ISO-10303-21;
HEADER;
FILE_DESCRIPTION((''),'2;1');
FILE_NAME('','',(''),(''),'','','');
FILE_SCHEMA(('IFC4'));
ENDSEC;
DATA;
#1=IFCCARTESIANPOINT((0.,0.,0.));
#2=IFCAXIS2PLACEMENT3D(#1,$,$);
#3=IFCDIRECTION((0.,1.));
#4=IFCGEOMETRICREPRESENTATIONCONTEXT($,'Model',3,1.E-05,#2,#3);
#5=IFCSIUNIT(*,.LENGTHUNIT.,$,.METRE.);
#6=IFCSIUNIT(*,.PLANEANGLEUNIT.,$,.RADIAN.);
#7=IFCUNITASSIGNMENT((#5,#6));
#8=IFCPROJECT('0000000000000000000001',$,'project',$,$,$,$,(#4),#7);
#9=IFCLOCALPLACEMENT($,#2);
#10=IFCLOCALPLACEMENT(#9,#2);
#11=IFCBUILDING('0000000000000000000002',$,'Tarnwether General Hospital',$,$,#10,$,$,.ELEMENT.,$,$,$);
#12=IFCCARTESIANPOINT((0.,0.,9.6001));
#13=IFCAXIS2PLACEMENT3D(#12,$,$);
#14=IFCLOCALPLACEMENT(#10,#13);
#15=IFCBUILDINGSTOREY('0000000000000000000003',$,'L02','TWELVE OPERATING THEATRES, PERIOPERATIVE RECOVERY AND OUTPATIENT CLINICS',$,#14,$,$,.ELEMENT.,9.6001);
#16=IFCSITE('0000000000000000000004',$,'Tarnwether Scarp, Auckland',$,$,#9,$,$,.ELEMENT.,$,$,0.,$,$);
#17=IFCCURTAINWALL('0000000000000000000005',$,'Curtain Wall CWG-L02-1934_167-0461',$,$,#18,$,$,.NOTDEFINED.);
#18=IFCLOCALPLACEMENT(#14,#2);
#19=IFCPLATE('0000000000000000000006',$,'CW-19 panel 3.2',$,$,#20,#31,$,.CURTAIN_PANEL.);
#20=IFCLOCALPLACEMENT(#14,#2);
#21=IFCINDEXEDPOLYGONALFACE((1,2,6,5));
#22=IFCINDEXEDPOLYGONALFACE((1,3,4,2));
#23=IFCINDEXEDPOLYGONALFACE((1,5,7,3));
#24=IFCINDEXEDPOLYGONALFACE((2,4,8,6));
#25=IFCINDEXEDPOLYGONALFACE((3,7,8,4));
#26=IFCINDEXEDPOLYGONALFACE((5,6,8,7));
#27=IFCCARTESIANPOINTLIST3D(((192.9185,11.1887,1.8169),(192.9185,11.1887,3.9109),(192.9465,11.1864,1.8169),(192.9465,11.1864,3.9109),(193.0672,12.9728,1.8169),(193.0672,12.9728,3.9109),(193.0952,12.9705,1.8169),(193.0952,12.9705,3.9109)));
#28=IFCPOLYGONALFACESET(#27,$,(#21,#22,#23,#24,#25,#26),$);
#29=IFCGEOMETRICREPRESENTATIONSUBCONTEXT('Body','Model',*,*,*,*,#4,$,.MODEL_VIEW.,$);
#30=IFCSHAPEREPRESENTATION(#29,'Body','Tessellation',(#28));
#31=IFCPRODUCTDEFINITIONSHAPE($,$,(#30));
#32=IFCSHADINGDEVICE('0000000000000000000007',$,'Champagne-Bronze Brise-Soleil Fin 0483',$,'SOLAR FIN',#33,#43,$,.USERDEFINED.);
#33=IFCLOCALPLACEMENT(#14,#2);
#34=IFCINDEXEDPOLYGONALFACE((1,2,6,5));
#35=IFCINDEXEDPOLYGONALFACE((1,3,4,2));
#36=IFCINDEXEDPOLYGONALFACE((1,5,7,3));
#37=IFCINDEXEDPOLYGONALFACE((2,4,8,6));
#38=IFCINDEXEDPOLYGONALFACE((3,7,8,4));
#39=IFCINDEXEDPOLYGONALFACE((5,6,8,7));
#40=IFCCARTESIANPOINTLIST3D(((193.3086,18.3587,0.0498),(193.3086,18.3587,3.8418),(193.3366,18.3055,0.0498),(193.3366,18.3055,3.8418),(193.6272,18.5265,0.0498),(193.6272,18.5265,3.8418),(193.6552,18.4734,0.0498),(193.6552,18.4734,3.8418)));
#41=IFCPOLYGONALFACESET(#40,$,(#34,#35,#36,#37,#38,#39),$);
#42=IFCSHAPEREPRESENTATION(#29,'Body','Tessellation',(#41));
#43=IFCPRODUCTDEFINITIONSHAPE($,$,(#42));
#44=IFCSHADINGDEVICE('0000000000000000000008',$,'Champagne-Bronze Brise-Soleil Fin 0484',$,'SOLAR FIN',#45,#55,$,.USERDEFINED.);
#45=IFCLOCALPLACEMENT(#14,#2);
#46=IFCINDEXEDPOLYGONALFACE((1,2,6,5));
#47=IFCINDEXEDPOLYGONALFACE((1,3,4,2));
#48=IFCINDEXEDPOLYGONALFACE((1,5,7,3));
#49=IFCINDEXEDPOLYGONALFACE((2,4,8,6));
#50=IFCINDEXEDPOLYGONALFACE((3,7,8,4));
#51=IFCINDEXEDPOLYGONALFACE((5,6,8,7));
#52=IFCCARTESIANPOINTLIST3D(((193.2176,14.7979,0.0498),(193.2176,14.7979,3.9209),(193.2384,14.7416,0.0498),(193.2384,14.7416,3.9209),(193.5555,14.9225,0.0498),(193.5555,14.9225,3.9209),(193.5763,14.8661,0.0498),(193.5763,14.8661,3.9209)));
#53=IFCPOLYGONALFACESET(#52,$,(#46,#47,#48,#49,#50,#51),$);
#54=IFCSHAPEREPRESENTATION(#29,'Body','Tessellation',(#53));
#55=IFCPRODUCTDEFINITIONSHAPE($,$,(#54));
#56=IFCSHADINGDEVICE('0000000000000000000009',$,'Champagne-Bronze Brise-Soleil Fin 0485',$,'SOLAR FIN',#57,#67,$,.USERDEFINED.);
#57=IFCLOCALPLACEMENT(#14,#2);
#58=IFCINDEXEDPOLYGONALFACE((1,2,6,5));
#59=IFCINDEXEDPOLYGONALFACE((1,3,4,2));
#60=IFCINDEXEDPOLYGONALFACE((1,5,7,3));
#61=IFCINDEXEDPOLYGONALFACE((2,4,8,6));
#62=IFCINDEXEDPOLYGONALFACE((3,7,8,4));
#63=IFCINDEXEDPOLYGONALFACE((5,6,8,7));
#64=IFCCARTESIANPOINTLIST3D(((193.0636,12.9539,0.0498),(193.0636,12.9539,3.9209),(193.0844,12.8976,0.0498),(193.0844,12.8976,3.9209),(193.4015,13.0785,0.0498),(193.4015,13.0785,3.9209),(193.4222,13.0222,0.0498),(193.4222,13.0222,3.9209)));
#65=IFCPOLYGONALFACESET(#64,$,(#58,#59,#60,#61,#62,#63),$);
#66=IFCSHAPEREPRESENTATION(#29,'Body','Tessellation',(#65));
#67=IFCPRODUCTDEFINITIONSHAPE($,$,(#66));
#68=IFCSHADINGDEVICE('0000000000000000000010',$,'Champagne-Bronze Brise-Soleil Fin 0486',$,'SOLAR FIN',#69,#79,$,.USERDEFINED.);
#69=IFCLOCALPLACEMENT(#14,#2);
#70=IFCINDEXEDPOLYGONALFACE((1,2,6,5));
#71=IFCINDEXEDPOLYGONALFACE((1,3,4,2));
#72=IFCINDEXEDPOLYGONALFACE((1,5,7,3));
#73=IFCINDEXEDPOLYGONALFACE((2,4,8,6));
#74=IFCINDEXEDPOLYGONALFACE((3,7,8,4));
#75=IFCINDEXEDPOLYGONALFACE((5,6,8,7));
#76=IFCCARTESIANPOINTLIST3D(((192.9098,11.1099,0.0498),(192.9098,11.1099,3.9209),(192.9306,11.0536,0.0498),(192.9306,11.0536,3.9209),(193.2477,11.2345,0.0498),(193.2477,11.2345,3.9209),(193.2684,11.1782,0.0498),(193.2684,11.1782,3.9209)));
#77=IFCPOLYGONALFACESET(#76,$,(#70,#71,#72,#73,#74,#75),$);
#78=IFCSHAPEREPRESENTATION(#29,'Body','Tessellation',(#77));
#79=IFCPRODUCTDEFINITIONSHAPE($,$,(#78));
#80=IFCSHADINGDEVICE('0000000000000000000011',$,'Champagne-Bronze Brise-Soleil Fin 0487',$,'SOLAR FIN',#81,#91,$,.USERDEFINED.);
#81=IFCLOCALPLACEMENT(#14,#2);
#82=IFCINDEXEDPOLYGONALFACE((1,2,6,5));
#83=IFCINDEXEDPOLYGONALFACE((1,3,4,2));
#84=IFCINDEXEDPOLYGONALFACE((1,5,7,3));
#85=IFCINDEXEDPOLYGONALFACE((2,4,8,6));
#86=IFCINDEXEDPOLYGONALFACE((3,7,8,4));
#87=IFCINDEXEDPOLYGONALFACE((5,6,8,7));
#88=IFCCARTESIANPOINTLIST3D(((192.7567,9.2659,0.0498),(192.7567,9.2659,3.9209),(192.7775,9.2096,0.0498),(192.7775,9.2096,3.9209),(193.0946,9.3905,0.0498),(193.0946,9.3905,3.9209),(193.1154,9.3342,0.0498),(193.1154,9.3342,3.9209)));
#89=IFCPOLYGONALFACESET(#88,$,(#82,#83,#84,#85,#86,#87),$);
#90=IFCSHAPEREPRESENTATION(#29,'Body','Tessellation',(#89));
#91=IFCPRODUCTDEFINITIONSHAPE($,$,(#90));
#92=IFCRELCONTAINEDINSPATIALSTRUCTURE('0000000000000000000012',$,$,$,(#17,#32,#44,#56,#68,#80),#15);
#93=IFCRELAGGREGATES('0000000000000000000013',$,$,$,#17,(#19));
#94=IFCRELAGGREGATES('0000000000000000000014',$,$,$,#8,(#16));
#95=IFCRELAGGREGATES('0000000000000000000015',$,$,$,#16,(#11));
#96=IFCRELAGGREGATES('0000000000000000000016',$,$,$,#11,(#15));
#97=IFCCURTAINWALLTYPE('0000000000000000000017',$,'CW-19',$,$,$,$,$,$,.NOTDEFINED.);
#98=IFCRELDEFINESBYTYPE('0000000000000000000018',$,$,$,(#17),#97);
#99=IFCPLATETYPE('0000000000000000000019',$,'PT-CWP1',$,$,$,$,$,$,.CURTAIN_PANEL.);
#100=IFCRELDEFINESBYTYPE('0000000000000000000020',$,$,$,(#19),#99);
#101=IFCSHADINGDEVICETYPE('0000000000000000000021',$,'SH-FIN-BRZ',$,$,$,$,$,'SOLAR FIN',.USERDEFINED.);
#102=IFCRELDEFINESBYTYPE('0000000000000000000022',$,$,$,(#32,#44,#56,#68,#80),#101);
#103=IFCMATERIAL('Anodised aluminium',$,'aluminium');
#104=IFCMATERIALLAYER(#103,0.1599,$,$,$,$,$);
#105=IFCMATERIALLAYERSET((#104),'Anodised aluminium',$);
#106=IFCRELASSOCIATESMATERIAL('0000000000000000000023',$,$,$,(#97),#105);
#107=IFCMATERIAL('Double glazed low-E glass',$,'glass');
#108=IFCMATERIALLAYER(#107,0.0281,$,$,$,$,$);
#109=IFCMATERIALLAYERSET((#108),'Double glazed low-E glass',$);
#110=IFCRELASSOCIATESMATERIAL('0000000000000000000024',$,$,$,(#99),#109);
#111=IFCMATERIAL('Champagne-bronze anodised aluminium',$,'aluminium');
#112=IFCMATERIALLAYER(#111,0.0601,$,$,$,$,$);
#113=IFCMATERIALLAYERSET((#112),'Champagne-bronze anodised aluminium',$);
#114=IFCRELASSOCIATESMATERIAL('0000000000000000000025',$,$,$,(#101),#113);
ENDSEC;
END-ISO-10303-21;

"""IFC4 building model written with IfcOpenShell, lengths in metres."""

from ifc_helpers import new_model, si_unit, direction, frame, origin, origin_2d, place, context, subcontext, project, spatial, rectangle, extrude, material, layer, layer_set, type_object, element, aggregate, save


model = new_model("IFC4")

# Units and contexts
model_context = context("Model", 3, precision=1e-05, world=origin(), true_north=direction((0.0, 1.0)))
body_context = subcontext(model_context, "Body", "Model", "MODEL_VIEW")
ifc_project = project(units=[si_unit("LENGTHUNIT", "METRE"), si_unit("PLANEANGLEUNIT", "RADIAN")], contexts=[model_context])

# Site, building, storey
site_placement = place(None, origin())
site = spatial("IfcSite", under=ifc_project, at=site_placement, Name="Tarnwether Scarp, Auckland", CompositionType="ELEMENT", RefElevation=0.0)
building_placement = place(site_placement, origin())
building = spatial("IfcBuilding", under=site, at=building_placement, Name="Tarnwether General Hospital", CompositionType="ELEMENT")
storey_placement = place(building_placement, frame((0.0, 0.0, 9.6001)))
storey = spatial("IfcBuildingStorey", under=building, at=storey_placement, Name="L02", Description="TWELVE OPERATING THEATRES, PERIOPERATIVE RECOVERY AND OUTPATIENT CLINICS", CompositionType="ELEMENT", Elevation=9.6001)

# Curtain wall
ifc_material_1 = material(Name="Anodised aluminium", Category="aluminium")
ifc_layer_1 = layer(ifc_material_1, 0.1599)
ifc_layer_set_1 = layer_set([ifc_layer_1], Name="Anodised aluminium")
curtain_wall_type_1 = type_object("IfcCurtainWallType", Name="CW-19", PredefinedType="NOTDEFINED", material=ifc_layer_set_1)
curtain_wall_1_placement = place(storey_placement, origin())
curtain_wall_1 = element("IfcCurtainWall", 1, at=curtain_wall_1_placement, inside=storey, type_object=curtain_wall_type_1, Name="Curtain Wall CWG-L02-1934_167-0461", PredefinedType="NOTDEFINED")

# Plate
ifc_material_2 = material(Name="Double glazed low-E glass", Category="glass")
ifc_layer_2 = layer(ifc_material_2, 0.0281)
ifc_layer_set_2 = layer_set([ifc_layer_2], Name="Double glazed low-E glass")
plate_type = type_object("IfcPlateType", Name="PT-CWP1", PredefinedType="CURTAIN_PANEL", material=ifc_layer_set_2)
plate_1_placement = place(storey_placement, frame((193.0068, 12.0796, 1.8169), z_axis=(0.0, 0.0, 1.0), x_axis=(-0.083055, -0.996545, 0.0)))
plate_1 = element("IfcPlate", 2, at=plate_1_placement, type_object=plate_type, Name="CW-19 panel 3.2", PredefinedType="CURTAIN_PANEL", context=body_context, shape_type="SweptSolid", body=[
    extrude(rectangle(XDim=1.7903, YDim=0.0281, at=origin_2d()), origin(), (0.0, 0.0, 1.0), 2.094),
])
aggregate(curtain_wall_1, [plate_1])

# Shading devices
ifc_material_3 = material(Name="Champagne-bronze anodised aluminium", Category="aluminium")
ifc_layer_3 = layer(ifc_material_3, 0.0601)
ifc_layer_set_3 = layer_set([ifc_layer_3], Name="Champagne-bronze anodised aluminium")
shading_device_type = type_object("IfcShadingDeviceType", Name="SH-FIN-BRZ", ElementType="SOLAR FIN", PredefinedType="USERDEFINED", material=ifc_layer_set_3)
shading_device_placement = place(storey_placement, frame((193.4819, 18.416, 0.0498), z_axis=(0.0, 0.0, 1.0), x_axis=(0.466078, -0.884744, 0.0)))
element("IfcShadingDevice", 3, at=shading_device_placement, inside=storey, type_object=shading_device_type, Name="Champagne-Bronze Brise-Soleil Fin 0483", ObjectType="SOLAR FIN", PredefinedType="USERDEFINED", context=body_context, shape_type="SweptSolid", body=[
    extrude(rectangle(XDim=0.0601, YDim=0.3601, at=origin_2d()), origin(), (0.0, 0.0, 1.0), 3.792),
])
for number, where, z_axis, x_axis, name in (
    (4, (193.397, 14.832, 0.0498), (0.0, 0.0, 1.0), (0.345953, -0.938252, 0.0), "Champagne-Bronze Brise-Soleil Fin 0484"),
    (5, (193.2429, 12.988, 0.0498), (0.0, 0.0, 1.0), (0.345953, -0.938252, 0.0), "Champagne-Bronze Brise-Soleil Fin 0485"),
    (6, (193.0891, 11.144, 0.0498), (0.0, 0.0, 1.0), (0.345953, -0.938252, 0.0), "Champagne-Bronze Brise-Soleil Fin 0486"),
    (7, (192.936, 9.3, 0.0498), (0.0, 0.0, 1.0), (0.345953, -0.938252, 0.0), "Champagne-Bronze Brise-Soleil Fin 0487"),
):
    element("IfcShadingDevice", number, at=place(storey_placement, frame(where, z_axis=z_axis, x_axis=x_axis)), inside=storey, type_object=shading_device_type, Name=name, ObjectType="SOLAR FIN", PredefinedType="USERDEFINED", context=body_context, shape_type="SweptSolid", body=[
        extrude(rectangle(XDim=0.0601, YDim=0.3601, at=origin_2d()), origin(), (0.0, 0.0, 1.0), 3.8711),
    ])

save(model, "model.ifc")
